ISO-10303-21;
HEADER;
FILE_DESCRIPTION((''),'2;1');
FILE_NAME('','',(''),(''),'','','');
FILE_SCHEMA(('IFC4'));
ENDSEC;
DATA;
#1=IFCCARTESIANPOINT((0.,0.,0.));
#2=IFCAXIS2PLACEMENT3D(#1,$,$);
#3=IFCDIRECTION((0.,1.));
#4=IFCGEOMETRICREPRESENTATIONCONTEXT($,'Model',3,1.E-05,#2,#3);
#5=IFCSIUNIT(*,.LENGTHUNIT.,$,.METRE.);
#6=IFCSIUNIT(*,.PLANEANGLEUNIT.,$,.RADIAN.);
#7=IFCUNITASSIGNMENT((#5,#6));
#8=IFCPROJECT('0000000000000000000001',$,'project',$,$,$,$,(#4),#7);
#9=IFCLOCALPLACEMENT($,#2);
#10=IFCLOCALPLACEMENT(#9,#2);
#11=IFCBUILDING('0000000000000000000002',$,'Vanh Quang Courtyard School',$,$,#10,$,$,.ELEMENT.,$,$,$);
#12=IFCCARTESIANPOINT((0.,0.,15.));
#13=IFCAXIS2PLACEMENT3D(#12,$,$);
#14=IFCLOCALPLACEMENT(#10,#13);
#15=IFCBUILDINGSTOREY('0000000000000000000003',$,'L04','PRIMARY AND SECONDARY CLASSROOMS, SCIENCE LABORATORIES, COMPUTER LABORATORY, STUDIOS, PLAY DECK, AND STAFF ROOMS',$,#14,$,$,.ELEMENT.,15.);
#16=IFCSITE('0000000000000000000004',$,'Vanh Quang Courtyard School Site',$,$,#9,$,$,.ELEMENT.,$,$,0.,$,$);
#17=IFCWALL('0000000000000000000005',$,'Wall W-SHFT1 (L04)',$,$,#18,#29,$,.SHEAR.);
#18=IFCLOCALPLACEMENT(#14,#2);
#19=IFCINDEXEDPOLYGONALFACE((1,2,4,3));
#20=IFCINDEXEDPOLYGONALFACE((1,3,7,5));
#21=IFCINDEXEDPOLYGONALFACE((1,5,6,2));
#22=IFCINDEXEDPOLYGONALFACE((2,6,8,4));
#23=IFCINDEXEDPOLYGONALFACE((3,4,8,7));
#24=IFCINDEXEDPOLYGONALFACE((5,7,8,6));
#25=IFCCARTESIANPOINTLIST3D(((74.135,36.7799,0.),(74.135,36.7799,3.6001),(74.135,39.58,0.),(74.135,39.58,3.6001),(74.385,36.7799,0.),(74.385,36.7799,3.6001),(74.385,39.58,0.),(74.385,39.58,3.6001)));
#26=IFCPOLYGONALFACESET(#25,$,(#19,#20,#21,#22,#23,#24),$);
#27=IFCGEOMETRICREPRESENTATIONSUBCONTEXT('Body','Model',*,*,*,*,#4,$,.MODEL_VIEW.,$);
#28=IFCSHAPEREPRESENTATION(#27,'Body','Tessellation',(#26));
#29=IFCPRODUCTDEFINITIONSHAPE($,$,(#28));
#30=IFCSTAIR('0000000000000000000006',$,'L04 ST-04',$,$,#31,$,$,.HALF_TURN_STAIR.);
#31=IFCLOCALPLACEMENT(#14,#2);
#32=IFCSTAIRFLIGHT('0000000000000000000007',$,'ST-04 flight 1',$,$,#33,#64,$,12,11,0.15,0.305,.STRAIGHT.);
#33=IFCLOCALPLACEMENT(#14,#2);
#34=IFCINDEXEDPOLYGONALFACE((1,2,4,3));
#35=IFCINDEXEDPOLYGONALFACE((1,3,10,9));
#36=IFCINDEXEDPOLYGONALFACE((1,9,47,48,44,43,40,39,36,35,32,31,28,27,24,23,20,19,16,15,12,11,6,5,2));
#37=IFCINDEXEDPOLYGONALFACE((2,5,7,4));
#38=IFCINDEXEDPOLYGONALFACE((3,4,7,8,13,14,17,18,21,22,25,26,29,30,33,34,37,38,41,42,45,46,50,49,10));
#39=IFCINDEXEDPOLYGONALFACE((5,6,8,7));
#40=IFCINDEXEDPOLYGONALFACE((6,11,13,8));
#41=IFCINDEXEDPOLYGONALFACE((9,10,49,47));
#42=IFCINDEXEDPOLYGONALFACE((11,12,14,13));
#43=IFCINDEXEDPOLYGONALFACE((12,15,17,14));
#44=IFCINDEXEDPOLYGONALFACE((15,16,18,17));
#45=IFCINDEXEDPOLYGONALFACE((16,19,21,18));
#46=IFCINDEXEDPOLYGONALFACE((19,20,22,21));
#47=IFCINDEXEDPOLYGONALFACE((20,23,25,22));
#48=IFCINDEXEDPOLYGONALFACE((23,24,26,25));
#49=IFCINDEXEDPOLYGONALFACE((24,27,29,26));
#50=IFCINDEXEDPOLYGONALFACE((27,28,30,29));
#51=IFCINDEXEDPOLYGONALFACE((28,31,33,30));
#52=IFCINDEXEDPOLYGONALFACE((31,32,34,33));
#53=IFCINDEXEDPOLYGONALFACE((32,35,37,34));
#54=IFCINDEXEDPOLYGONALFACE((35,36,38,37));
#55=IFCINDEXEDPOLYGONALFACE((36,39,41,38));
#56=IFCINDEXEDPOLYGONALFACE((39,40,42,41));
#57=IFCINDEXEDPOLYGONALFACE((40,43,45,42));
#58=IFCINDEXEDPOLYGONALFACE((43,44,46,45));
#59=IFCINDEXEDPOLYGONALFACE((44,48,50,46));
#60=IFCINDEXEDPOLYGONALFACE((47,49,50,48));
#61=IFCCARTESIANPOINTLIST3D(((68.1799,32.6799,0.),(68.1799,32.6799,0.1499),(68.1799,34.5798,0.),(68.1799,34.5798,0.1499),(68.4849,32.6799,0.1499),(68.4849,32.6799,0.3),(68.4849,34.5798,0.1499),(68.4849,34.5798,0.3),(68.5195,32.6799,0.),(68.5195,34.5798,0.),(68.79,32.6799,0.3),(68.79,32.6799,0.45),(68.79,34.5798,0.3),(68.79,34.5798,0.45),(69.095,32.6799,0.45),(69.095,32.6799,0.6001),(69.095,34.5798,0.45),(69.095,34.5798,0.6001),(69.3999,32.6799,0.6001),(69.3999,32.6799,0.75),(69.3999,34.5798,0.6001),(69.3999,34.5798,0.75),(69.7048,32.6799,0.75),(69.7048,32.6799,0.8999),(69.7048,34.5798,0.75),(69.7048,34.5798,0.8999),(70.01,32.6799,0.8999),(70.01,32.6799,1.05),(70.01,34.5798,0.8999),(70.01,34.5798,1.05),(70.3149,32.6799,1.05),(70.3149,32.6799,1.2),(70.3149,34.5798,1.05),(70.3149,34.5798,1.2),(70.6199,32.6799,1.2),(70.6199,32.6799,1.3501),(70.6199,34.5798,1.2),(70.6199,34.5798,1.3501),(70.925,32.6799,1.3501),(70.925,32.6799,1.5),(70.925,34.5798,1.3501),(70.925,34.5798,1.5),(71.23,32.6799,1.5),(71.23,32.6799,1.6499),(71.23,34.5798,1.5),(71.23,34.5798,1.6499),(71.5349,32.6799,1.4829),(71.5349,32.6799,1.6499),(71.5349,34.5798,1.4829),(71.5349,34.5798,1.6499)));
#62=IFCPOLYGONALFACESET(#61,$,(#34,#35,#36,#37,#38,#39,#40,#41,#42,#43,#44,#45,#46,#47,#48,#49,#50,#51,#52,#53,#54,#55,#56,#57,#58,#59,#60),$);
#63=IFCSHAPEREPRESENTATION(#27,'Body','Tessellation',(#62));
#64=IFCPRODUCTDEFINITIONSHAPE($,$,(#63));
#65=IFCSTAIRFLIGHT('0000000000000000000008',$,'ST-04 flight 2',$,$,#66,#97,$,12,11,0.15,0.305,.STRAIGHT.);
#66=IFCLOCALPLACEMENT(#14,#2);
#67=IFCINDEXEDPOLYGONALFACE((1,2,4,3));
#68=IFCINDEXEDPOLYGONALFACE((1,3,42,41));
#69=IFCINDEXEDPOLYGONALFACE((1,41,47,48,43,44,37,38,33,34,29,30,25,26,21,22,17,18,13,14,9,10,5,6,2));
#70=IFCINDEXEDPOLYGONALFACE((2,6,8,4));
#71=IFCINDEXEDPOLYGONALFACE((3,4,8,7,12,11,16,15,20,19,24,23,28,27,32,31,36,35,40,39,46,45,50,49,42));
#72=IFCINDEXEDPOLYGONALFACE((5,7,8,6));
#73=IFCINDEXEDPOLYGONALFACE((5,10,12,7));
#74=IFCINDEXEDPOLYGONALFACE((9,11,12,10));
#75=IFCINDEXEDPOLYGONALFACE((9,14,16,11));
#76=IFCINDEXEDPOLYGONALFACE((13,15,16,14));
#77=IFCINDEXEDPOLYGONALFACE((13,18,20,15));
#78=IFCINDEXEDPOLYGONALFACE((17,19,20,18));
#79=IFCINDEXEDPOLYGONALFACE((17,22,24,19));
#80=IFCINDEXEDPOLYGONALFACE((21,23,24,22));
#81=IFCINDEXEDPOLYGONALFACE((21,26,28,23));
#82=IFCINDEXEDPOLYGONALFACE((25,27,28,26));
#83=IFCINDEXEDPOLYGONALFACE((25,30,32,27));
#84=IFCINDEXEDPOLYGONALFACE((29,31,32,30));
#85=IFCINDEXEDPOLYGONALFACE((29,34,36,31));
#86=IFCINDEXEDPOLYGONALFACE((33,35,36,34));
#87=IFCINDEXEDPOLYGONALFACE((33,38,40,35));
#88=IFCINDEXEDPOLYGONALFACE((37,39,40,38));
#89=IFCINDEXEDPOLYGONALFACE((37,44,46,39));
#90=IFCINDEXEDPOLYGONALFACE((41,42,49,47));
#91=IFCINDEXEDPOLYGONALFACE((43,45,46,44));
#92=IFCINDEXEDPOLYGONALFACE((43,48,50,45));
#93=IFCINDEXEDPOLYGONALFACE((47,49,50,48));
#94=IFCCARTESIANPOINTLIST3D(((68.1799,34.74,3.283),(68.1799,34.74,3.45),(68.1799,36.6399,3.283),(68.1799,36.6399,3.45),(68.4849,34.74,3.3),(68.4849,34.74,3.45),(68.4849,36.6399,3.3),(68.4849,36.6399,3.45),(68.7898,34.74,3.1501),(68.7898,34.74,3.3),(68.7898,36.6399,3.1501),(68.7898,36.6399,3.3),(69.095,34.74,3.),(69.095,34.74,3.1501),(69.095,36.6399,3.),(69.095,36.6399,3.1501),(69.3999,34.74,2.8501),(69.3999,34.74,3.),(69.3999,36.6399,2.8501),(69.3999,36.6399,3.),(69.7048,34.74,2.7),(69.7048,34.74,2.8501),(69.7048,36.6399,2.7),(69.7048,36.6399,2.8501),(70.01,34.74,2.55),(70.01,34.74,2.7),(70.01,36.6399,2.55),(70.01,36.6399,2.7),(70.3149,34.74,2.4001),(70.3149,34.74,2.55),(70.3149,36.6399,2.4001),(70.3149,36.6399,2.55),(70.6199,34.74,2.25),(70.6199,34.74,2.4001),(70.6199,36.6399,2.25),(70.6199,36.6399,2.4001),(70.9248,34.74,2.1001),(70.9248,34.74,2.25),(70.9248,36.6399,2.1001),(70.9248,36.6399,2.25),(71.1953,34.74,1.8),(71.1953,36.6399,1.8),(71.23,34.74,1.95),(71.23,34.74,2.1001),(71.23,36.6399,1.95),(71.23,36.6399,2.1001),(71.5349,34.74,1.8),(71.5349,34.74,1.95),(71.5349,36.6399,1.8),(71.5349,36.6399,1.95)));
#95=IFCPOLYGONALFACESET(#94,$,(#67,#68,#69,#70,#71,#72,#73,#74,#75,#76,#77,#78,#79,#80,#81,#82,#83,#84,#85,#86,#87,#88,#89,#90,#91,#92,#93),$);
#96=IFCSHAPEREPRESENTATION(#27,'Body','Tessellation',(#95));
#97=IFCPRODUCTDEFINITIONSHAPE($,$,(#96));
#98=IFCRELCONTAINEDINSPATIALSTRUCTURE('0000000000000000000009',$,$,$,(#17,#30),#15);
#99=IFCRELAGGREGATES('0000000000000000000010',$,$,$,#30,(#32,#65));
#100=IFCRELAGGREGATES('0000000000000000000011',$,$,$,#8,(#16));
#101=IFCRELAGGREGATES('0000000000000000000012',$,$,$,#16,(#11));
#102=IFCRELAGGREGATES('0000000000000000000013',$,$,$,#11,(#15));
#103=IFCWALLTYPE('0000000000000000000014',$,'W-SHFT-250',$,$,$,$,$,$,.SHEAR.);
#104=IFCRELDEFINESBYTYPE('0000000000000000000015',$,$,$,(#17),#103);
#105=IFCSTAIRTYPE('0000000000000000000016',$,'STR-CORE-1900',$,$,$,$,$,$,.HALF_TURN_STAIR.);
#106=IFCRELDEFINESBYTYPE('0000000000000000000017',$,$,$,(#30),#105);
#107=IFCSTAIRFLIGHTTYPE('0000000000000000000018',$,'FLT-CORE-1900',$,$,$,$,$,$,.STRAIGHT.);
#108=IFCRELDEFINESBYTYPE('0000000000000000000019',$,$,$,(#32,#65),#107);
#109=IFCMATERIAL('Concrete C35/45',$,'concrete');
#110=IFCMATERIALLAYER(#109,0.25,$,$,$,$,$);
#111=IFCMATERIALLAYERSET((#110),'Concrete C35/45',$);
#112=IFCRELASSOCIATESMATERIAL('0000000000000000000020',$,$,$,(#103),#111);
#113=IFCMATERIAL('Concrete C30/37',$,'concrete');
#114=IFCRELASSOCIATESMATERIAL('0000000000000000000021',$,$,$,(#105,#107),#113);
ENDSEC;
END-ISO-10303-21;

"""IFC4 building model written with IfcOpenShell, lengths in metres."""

from ifc_helpers import new_model, si_unit, direction, frame, frame_2d, origin, place, context, subcontext, project, spatial, polyline, rectangle, outline, extrude, material, layer, layer_set, type_object, element, aggregate, save


model = new_model("IFC4")

# Units and contexts
model_context = context("Model", 3, precision=1e-05, world=origin(), true_north=direction((0.0, 1.0)))
body_context = subcontext(model_context, "Body", "Model", "MODEL_VIEW")
ifc_project = project(units=[si_unit("LENGTHUNIT", "METRE"), si_unit("PLANEANGLEUNIT", "RADIAN")], contexts=[model_context])

# Site, building, storey
site_placement = place(None, origin())
site = spatial("IfcSite", under=ifc_project, at=site_placement, Name="Vanh Quang Courtyard School Site", CompositionType="ELEMENT", RefElevation=0.0)
building_placement = place(site_placement, origin())
building = spatial("IfcBuilding", under=site, at=building_placement, Name="Vanh Quang Courtyard School", CompositionType="ELEMENT")
storey_placement = place(building_placement, frame((0.0, 0.0, 15.0)))
storey = spatial("IfcBuildingStorey", under=building, at=storey_placement, Name="L04", Description="PRIMARY AND SECONDARY CLASSROOMS, SCIENCE LABORATORIES, COMPUTER LABORATORY, STUDIOS, PLAY DECK, AND STAFF ROOMS", CompositionType="ELEMENT", Elevation=15.0)

# Shared definitions
ifc_material_1 = material(Name="Concrete C35/45", Category="concrete")

# Wall
ifc_layer_1 = layer(ifc_material_1, 0.25)
ifc_layer_set_1 = layer_set([ifc_layer_1], Name="Concrete C35/45")
wall_type_1 = type_object("IfcWallType", Name="W-SHFT-250", PredefinedType="SHEAR", material=ifc_layer_set_1)
wall_1_placement = place(storey_placement, frame((74.26, 36.78, 0.0), z_axis=(0.0, 0.0, 1.0), x_axis=(0.0, 1.0, 0.0)))
element("IfcWall", 1, at=wall_1_placement, inside=storey, type_object=wall_type_1, Name="Wall W-SHFT1 (L04)", PredefinedType="SHEAR", context=body_context, shape_type="SweptSolid", body=[
    extrude(rectangle(XDim=2.8, YDim=0.25, at=frame_2d((1.3999, 0.0))), origin(), (0.0, 0.0, 1.0), 3.6001),
])

# Stair, stair flights
ifc_material_2 = material(Name="Concrete C30/37", Category="concrete")
stair_type = type_object("IfcStairType", Name="STR-CORE-1900", PredefinedType="HALF_TURN_STAIR", material=ifc_material_2)
stair_placement = place(storey_placement, origin())
stair = element("IfcStair", 2, at=stair_placement, inside=storey, type_object=stair_type, Name="L04 ST-04", PredefinedType="HALF_TURN_STAIR")
stair_flight_type = type_object("IfcStairFlightType", Name="FLT-CORE-1900", PredefinedType="STRAIGHT", material=ifc_material_2)
stair_flight_1_placement = place(storey_placement, frame((68.1799, 33.6299, 0.0), z_axis=(0.0, 0.0, 1.0), x_axis=(1.0, 0.0, 0.0)))
stair_flight_1 = element("IfcStairFlight", 3, at=stair_flight_1_placement, type_object=stair_flight_type, Name="ST-04 flight 1", NumberOfRisers=12, NumberOfTreads=11, PredefinedType="STRAIGHT", RiserHeight=0.15, TreadLength=0.305, context=body_context, shape_type="SweptSolid", body=[
    extrude(outline(polyline([(0.0, 0.0), (0.0, 0.1499), (0.3049, 0.1499), (0.3049, 0.3), (0.6101, 0.3), (0.6101, 0.45), (0.915, 0.45), (0.915, 0.6001), (1.22, 0.6001), (1.22, 0.75), (1.5249, 0.75), (1.5249, 0.8999), (1.8301, 0.8999), (1.8301, 1.05), (2.135, 1.05), (2.135, 1.2), (2.4399, 1.2), (2.4399, 1.3501), (2.7451, 1.3501), (2.7451, 1.5), (3.05, 1.5), (3.05, 1.6499), (3.355, 1.6499), (3.355, 1.8), (3.355, 1.4829), (0.3396, 0.0), (0.0, 0.0)])), frame((0.0, 0.95, 0.0), z_axis=(0.0, -1.0, 0.0), x_axis=(1.0, 0.0, 0.0)), (0.0, 0.0, 1.0), 1.8999),
])
stair_flight_2_placement = place(storey_placement, frame((71.5349, 35.6899, 1.8), z_axis=(0.0, 0.0, 1.0), x_axis=(-1.0, 0.0, 0.0)))
stair_flight_2 = element("IfcStairFlight", 4, at=stair_flight_2_placement, type_object=stair_flight_type, Name="ST-04 flight 2", NumberOfRisers=12, NumberOfTreads=11, PredefinedType="STRAIGHT", RiserHeight=0.15, TreadLength=0.305, context=body_context, shape_type="SweptSolid", body=[
    extrude(outline(polyline([(0.0, 0.0), (0.0, 0.1499), (0.3049, 0.1499), (0.3049, 0.3), (0.6101, 0.3), (0.6101, 0.45), (0.915, 0.45), (0.915, 0.6001), (1.22, 0.6001), (1.22, 0.75), (1.5249, 0.75), (1.5249, 0.8999), (1.8301, 0.8999), (1.8301, 1.05), (2.135, 1.05), (2.135, 1.2), (2.4399, 1.2), (2.4399, 1.3501), (2.7451, 1.3501), (2.7451, 1.5), (3.05, 1.5), (3.05, 1.6499), (3.355, 1.6499), (3.355, 1.8), (3.355, 1.4829), (0.3396, 0.0), (0.0, 0.0)])), frame((0.0, 0.95, 0.0), z_axis=(0.0, -1.0, 0.0), x_axis=(1.0, 0.0, 0.0)), (0.0, 0.0, 1.0), 1.8999),
])
aggregate(stair, [stair_flight_1, stair_flight_2])

save(model, "model.ifc")
